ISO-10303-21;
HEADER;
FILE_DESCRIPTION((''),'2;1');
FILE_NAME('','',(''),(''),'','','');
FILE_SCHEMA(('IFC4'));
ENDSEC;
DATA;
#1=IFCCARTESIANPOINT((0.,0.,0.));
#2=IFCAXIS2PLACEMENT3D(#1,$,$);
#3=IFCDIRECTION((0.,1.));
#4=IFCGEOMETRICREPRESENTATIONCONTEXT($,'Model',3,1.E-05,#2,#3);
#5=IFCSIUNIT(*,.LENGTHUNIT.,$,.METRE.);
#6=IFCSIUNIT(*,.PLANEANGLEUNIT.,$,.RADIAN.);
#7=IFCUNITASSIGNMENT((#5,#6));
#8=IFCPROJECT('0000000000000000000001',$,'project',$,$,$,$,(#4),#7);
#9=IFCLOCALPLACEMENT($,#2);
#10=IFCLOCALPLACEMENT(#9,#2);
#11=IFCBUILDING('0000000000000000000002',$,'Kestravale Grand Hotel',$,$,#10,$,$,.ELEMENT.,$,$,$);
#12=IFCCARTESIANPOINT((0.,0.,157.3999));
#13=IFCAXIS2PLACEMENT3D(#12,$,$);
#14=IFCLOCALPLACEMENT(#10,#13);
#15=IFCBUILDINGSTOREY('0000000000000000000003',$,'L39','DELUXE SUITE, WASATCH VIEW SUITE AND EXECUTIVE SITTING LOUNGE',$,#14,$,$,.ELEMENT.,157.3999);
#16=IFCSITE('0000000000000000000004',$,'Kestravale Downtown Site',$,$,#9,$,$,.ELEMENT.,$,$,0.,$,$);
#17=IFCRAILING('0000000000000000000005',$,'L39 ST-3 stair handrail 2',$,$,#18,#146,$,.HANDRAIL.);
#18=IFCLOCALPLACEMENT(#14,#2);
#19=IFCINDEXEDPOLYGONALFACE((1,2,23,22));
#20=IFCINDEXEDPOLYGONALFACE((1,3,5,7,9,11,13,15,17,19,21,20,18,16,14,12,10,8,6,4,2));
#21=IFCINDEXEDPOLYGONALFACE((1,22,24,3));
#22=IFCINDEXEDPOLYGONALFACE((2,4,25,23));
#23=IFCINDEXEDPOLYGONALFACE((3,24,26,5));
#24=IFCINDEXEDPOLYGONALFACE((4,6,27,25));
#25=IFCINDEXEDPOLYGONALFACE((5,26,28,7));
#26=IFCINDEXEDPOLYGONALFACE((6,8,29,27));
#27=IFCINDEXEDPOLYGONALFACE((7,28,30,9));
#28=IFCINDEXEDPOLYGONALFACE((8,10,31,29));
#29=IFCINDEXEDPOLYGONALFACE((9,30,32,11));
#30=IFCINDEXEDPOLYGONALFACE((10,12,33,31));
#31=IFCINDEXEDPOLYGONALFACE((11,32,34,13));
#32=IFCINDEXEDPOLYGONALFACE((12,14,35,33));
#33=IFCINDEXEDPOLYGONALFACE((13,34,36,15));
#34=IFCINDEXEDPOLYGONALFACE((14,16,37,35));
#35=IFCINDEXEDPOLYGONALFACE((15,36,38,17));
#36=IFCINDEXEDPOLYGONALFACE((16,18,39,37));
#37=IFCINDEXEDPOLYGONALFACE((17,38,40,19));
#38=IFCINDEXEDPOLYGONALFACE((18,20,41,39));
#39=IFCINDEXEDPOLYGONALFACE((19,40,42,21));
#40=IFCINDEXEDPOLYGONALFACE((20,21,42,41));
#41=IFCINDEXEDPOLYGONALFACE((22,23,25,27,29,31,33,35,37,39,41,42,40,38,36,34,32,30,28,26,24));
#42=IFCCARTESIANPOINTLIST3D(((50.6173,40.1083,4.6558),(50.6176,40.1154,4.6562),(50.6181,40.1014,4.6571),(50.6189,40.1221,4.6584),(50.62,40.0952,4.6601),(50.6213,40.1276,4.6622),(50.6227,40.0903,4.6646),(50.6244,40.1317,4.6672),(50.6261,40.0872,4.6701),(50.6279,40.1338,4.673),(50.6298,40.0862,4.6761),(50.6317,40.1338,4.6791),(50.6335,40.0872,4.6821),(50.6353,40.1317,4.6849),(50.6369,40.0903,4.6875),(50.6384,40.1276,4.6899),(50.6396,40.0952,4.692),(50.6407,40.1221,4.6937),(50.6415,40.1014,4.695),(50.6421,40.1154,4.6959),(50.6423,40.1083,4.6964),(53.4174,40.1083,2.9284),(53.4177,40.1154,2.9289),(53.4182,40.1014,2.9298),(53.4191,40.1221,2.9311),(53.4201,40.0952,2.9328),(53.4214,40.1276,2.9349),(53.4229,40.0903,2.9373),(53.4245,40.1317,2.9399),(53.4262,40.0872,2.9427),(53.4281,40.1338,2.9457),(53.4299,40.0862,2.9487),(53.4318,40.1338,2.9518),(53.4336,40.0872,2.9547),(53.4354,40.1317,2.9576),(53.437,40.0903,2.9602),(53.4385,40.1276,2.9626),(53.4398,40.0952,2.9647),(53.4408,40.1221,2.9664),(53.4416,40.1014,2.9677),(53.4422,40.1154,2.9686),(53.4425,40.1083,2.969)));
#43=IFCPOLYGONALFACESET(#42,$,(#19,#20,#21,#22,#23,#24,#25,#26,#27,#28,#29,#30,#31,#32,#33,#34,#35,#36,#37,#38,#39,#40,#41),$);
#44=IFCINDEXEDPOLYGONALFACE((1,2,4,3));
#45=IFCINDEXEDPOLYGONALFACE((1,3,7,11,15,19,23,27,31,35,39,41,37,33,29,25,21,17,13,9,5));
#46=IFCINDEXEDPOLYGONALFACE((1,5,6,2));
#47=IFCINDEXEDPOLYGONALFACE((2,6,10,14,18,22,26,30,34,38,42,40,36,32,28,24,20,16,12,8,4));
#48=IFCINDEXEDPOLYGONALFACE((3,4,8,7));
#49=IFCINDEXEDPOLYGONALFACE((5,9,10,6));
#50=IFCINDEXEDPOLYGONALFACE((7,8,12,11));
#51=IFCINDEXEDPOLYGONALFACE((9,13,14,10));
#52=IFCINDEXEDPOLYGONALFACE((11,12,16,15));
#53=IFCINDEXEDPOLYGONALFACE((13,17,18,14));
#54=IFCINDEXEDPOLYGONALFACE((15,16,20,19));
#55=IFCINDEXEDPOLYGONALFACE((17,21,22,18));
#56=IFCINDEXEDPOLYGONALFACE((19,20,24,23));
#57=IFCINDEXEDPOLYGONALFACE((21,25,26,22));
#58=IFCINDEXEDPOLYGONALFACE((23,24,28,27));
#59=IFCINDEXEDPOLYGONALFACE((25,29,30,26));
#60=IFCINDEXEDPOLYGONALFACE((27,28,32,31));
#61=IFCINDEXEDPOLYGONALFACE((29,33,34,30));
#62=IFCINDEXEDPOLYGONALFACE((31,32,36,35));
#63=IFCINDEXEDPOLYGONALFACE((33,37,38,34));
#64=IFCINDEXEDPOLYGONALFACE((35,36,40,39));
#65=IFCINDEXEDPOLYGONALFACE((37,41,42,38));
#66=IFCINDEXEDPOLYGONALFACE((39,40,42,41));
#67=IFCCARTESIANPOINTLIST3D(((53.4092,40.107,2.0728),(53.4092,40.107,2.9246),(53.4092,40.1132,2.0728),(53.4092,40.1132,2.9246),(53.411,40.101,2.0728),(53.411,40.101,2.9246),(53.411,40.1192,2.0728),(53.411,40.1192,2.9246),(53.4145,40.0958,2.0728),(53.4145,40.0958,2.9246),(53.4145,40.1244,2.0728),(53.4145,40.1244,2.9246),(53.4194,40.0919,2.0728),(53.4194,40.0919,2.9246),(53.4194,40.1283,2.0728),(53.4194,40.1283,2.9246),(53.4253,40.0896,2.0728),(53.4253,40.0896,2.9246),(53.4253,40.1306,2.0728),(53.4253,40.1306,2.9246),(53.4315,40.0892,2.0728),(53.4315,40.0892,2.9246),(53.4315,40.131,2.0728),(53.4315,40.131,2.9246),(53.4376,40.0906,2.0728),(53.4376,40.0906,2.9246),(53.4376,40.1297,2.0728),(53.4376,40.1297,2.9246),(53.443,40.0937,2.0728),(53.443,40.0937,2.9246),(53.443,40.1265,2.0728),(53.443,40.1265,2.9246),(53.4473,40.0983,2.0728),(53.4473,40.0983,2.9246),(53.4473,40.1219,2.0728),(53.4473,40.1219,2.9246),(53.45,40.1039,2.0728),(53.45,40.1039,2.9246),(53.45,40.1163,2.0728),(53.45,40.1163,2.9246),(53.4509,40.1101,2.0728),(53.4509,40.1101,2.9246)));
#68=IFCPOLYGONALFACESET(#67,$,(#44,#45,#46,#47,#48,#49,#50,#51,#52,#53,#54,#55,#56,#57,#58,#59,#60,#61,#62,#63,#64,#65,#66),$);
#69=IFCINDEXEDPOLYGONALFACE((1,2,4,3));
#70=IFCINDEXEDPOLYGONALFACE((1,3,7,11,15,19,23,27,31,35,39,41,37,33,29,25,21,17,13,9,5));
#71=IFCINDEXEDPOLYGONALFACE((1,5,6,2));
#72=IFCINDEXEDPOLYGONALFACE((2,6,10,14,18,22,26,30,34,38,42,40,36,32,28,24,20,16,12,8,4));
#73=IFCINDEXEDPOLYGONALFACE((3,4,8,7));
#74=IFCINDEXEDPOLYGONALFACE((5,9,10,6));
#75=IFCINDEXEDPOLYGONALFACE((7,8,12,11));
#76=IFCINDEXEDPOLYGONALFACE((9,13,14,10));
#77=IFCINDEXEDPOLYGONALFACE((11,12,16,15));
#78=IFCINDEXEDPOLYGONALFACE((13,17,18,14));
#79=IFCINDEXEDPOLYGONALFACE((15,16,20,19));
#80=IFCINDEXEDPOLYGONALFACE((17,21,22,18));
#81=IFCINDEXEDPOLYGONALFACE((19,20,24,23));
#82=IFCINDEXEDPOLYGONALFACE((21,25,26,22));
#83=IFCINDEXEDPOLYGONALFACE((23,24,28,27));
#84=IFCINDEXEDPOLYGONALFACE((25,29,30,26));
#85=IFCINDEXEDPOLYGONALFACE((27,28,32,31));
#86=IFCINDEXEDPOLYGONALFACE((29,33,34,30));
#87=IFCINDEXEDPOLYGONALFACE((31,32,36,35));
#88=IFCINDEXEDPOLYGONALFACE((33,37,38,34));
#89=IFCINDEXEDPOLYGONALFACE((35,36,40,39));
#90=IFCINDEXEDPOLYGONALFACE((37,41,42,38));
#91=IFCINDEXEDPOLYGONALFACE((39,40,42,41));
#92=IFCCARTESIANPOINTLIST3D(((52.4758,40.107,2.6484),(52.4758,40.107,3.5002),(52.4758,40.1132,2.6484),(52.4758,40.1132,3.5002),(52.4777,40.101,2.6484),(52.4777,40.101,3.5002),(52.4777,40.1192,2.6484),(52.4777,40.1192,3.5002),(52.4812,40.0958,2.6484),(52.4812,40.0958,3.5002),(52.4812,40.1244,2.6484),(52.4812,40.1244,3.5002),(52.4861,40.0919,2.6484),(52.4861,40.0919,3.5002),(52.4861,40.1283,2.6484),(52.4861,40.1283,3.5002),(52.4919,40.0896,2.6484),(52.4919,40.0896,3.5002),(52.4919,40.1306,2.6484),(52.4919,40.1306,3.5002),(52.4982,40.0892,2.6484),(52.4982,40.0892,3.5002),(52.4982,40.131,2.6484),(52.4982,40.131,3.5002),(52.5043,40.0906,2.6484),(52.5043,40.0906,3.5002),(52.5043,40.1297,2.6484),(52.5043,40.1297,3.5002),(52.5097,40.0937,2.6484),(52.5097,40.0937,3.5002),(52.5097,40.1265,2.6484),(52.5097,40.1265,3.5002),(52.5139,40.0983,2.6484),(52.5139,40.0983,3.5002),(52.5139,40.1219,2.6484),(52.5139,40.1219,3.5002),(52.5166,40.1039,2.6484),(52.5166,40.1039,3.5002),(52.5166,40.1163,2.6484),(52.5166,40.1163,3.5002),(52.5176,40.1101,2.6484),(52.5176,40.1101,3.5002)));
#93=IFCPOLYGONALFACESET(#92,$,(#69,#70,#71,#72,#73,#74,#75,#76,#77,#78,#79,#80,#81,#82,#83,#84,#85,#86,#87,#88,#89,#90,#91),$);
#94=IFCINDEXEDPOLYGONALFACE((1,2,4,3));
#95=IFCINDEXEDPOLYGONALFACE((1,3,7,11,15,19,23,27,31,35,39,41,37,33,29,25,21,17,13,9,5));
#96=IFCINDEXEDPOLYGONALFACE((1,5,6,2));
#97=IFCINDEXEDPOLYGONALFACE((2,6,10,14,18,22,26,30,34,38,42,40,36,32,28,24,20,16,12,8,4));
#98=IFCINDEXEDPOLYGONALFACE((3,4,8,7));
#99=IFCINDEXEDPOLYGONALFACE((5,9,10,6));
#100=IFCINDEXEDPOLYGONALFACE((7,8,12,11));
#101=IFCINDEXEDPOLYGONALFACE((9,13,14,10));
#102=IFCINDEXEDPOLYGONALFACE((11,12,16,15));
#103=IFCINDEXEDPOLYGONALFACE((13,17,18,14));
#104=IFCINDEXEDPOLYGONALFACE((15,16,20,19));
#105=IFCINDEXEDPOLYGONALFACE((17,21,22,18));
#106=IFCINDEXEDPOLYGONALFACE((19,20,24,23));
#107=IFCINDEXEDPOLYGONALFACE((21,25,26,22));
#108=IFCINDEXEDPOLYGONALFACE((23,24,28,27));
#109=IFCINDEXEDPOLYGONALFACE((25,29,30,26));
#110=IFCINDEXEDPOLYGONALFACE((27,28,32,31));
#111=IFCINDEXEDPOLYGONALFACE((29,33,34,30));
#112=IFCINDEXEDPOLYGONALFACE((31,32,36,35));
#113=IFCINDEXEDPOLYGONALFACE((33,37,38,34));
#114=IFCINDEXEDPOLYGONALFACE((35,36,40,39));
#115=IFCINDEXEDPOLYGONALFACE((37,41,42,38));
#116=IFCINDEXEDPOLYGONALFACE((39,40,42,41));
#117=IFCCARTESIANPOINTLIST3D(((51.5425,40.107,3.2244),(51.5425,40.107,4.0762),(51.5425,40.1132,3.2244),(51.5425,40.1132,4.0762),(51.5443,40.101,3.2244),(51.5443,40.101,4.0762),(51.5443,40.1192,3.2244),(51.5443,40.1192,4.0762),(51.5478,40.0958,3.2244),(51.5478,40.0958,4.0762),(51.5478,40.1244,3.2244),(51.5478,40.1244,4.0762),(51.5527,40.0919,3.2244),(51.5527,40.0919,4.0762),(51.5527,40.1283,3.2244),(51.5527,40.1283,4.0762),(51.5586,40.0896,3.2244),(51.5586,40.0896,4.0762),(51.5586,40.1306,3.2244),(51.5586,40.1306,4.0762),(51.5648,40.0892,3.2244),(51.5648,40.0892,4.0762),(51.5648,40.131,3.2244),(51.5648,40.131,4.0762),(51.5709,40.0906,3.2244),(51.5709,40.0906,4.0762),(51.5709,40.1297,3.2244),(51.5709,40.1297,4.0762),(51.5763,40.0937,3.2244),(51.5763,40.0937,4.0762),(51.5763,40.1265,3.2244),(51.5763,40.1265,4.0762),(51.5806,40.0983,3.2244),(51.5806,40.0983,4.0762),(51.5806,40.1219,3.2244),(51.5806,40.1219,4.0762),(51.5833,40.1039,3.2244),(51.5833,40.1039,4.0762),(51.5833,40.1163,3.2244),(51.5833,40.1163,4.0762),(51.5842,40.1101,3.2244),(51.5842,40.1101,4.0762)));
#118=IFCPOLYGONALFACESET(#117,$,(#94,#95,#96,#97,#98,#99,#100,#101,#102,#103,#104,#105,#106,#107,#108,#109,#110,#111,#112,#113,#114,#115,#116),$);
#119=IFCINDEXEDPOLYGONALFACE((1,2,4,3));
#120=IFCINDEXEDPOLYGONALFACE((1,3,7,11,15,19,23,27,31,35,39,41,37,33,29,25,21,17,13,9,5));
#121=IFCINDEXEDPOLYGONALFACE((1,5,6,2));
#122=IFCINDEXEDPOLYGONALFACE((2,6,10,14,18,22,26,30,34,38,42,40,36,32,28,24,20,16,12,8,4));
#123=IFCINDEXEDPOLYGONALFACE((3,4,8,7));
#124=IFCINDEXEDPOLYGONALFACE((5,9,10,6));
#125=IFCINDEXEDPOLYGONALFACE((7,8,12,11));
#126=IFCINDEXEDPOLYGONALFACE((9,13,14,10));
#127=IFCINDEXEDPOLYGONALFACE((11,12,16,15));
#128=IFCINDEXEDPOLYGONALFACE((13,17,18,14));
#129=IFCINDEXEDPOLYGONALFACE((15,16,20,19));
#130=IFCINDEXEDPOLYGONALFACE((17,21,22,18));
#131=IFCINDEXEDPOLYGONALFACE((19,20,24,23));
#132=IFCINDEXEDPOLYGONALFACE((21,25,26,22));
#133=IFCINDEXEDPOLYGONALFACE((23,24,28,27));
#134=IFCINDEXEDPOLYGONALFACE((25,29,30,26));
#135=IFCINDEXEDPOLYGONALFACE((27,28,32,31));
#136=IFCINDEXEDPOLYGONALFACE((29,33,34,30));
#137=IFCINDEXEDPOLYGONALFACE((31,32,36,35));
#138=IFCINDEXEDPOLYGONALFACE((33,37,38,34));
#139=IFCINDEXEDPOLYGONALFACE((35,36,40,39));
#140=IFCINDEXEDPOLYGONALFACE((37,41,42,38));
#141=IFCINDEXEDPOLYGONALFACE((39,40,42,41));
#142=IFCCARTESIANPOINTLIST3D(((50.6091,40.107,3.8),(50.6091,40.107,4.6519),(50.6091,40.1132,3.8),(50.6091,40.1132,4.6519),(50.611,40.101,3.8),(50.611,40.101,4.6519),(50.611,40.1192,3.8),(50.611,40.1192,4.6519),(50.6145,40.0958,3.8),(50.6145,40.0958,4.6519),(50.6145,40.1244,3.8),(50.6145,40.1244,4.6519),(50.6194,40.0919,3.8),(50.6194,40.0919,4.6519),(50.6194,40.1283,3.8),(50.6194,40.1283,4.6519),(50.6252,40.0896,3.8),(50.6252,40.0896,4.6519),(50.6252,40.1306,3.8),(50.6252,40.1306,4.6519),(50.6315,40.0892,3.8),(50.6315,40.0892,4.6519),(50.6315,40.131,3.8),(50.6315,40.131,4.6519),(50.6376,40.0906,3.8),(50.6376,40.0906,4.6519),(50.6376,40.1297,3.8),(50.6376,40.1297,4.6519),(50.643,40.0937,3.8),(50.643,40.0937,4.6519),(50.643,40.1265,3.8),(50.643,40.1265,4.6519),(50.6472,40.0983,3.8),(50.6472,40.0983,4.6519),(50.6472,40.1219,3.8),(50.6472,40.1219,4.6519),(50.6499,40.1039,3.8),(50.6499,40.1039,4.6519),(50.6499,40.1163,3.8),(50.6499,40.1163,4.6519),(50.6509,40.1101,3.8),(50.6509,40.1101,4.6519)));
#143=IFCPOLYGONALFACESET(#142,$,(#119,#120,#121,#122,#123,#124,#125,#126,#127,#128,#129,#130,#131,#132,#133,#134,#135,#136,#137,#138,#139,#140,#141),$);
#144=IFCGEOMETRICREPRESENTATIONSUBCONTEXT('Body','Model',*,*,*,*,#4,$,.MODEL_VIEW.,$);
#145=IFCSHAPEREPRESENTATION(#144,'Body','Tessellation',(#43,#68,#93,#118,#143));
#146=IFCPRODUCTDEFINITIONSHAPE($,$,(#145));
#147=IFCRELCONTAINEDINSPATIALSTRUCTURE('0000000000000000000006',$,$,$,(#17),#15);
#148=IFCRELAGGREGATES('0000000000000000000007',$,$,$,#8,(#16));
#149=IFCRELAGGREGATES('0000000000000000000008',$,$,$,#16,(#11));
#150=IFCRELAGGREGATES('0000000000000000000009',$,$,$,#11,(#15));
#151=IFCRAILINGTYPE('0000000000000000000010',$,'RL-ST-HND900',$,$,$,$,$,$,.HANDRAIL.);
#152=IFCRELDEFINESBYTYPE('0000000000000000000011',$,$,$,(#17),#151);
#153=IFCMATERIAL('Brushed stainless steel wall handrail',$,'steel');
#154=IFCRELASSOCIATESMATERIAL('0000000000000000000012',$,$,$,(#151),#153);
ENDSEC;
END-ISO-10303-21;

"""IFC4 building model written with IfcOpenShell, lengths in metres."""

from ifc_helpers import new_model, si_unit, direction, frame, origin, origin_2d, place, context, subcontext, project, spatial, circle, extrude, material, type_object, element, save


model = new_model("IFC4")

# Units and contexts
model_context = context("Model", 3, precision=1e-05, world=origin(), true_north=direction((0.0, 1.0)))
body_context = subcontext(model_context, "Body", "Model", "MODEL_VIEW")
ifc_project = project(units=[si_unit("LENGTHUNIT", "METRE"), si_unit("PLANEANGLEUNIT", "RADIAN")], contexts=[model_context])

# Site, building, storey
site_placement = place(None, origin())
site = spatial("IfcSite", under=ifc_project, at=site_placement, Name="Kestravale Downtown Site", CompositionType="ELEMENT", RefElevation=0.0)
building_placement = place(site_placement, origin())
building = spatial("IfcBuilding", under=site, at=building_placement, Name="Kestravale Grand Hotel", CompositionType="ELEMENT")
storey_placement = place(building_placement, frame((0.0, 0.0, 157.3999)))
storey = spatial("IfcBuildingStorey", under=building, at=storey_placement, Name="L39", Description="DELUXE SUITE, WASATCH VIEW SUITE AND EXECUTIVE SITTING LOUNGE", CompositionType="ELEMENT", Elevation=157.3999)

# Railing
ifc_material_1 = material(Name="Brushed stainless steel wall handrail", Category="steel")
railing_type_1 = type_object("IfcRailingType", Name="RL-ST-HND900", PredefinedType="HANDRAIL", material=ifc_material_1)
railing_1_placement = place(storey_placement, frame((53.4299, 40.1101, 2.0728)))
element("IfcRailing", 1, at=railing_1_placement, inside=storey, type_object=railing_type_1, Name="L39 ST-3 stair handrail 2", PredefinedType="HANDRAIL", context=body_context, shape_type="SweptSolid", body=[
    extrude(circle(Radius=0.0239, at=origin_2d()), frame((0.0, 0.0, 0.876), z_axis=(-0.85109, 0.0, 0.52502), x_axis=(0.0, -1.0, 0.0)), (0.0, 0.0, 1.0), 3.29),
    extrude(circle(Radius=0.021, at=origin_2d()), origin(), (0.0, 0.0, 1.0), 0.8518),
    extrude(circle(Radius=0.021, at=origin_2d()), frame((-0.9333, 0.0, 0.5757)), (0.0, 0.0, 1.0), 0.8518),
    extrude(circle(Radius=0.021, at=origin_2d()), frame((-1.8667, 0.0, 1.1516)), (0.0, 0.0, 1.0), 0.8518),
    extrude(circle(Radius=0.021, at=origin_2d()), frame((-2.8, 0.0, 1.7273)), (0.0, 0.0, 1.0), 0.8518),
])

save(model, "model.ifc")
